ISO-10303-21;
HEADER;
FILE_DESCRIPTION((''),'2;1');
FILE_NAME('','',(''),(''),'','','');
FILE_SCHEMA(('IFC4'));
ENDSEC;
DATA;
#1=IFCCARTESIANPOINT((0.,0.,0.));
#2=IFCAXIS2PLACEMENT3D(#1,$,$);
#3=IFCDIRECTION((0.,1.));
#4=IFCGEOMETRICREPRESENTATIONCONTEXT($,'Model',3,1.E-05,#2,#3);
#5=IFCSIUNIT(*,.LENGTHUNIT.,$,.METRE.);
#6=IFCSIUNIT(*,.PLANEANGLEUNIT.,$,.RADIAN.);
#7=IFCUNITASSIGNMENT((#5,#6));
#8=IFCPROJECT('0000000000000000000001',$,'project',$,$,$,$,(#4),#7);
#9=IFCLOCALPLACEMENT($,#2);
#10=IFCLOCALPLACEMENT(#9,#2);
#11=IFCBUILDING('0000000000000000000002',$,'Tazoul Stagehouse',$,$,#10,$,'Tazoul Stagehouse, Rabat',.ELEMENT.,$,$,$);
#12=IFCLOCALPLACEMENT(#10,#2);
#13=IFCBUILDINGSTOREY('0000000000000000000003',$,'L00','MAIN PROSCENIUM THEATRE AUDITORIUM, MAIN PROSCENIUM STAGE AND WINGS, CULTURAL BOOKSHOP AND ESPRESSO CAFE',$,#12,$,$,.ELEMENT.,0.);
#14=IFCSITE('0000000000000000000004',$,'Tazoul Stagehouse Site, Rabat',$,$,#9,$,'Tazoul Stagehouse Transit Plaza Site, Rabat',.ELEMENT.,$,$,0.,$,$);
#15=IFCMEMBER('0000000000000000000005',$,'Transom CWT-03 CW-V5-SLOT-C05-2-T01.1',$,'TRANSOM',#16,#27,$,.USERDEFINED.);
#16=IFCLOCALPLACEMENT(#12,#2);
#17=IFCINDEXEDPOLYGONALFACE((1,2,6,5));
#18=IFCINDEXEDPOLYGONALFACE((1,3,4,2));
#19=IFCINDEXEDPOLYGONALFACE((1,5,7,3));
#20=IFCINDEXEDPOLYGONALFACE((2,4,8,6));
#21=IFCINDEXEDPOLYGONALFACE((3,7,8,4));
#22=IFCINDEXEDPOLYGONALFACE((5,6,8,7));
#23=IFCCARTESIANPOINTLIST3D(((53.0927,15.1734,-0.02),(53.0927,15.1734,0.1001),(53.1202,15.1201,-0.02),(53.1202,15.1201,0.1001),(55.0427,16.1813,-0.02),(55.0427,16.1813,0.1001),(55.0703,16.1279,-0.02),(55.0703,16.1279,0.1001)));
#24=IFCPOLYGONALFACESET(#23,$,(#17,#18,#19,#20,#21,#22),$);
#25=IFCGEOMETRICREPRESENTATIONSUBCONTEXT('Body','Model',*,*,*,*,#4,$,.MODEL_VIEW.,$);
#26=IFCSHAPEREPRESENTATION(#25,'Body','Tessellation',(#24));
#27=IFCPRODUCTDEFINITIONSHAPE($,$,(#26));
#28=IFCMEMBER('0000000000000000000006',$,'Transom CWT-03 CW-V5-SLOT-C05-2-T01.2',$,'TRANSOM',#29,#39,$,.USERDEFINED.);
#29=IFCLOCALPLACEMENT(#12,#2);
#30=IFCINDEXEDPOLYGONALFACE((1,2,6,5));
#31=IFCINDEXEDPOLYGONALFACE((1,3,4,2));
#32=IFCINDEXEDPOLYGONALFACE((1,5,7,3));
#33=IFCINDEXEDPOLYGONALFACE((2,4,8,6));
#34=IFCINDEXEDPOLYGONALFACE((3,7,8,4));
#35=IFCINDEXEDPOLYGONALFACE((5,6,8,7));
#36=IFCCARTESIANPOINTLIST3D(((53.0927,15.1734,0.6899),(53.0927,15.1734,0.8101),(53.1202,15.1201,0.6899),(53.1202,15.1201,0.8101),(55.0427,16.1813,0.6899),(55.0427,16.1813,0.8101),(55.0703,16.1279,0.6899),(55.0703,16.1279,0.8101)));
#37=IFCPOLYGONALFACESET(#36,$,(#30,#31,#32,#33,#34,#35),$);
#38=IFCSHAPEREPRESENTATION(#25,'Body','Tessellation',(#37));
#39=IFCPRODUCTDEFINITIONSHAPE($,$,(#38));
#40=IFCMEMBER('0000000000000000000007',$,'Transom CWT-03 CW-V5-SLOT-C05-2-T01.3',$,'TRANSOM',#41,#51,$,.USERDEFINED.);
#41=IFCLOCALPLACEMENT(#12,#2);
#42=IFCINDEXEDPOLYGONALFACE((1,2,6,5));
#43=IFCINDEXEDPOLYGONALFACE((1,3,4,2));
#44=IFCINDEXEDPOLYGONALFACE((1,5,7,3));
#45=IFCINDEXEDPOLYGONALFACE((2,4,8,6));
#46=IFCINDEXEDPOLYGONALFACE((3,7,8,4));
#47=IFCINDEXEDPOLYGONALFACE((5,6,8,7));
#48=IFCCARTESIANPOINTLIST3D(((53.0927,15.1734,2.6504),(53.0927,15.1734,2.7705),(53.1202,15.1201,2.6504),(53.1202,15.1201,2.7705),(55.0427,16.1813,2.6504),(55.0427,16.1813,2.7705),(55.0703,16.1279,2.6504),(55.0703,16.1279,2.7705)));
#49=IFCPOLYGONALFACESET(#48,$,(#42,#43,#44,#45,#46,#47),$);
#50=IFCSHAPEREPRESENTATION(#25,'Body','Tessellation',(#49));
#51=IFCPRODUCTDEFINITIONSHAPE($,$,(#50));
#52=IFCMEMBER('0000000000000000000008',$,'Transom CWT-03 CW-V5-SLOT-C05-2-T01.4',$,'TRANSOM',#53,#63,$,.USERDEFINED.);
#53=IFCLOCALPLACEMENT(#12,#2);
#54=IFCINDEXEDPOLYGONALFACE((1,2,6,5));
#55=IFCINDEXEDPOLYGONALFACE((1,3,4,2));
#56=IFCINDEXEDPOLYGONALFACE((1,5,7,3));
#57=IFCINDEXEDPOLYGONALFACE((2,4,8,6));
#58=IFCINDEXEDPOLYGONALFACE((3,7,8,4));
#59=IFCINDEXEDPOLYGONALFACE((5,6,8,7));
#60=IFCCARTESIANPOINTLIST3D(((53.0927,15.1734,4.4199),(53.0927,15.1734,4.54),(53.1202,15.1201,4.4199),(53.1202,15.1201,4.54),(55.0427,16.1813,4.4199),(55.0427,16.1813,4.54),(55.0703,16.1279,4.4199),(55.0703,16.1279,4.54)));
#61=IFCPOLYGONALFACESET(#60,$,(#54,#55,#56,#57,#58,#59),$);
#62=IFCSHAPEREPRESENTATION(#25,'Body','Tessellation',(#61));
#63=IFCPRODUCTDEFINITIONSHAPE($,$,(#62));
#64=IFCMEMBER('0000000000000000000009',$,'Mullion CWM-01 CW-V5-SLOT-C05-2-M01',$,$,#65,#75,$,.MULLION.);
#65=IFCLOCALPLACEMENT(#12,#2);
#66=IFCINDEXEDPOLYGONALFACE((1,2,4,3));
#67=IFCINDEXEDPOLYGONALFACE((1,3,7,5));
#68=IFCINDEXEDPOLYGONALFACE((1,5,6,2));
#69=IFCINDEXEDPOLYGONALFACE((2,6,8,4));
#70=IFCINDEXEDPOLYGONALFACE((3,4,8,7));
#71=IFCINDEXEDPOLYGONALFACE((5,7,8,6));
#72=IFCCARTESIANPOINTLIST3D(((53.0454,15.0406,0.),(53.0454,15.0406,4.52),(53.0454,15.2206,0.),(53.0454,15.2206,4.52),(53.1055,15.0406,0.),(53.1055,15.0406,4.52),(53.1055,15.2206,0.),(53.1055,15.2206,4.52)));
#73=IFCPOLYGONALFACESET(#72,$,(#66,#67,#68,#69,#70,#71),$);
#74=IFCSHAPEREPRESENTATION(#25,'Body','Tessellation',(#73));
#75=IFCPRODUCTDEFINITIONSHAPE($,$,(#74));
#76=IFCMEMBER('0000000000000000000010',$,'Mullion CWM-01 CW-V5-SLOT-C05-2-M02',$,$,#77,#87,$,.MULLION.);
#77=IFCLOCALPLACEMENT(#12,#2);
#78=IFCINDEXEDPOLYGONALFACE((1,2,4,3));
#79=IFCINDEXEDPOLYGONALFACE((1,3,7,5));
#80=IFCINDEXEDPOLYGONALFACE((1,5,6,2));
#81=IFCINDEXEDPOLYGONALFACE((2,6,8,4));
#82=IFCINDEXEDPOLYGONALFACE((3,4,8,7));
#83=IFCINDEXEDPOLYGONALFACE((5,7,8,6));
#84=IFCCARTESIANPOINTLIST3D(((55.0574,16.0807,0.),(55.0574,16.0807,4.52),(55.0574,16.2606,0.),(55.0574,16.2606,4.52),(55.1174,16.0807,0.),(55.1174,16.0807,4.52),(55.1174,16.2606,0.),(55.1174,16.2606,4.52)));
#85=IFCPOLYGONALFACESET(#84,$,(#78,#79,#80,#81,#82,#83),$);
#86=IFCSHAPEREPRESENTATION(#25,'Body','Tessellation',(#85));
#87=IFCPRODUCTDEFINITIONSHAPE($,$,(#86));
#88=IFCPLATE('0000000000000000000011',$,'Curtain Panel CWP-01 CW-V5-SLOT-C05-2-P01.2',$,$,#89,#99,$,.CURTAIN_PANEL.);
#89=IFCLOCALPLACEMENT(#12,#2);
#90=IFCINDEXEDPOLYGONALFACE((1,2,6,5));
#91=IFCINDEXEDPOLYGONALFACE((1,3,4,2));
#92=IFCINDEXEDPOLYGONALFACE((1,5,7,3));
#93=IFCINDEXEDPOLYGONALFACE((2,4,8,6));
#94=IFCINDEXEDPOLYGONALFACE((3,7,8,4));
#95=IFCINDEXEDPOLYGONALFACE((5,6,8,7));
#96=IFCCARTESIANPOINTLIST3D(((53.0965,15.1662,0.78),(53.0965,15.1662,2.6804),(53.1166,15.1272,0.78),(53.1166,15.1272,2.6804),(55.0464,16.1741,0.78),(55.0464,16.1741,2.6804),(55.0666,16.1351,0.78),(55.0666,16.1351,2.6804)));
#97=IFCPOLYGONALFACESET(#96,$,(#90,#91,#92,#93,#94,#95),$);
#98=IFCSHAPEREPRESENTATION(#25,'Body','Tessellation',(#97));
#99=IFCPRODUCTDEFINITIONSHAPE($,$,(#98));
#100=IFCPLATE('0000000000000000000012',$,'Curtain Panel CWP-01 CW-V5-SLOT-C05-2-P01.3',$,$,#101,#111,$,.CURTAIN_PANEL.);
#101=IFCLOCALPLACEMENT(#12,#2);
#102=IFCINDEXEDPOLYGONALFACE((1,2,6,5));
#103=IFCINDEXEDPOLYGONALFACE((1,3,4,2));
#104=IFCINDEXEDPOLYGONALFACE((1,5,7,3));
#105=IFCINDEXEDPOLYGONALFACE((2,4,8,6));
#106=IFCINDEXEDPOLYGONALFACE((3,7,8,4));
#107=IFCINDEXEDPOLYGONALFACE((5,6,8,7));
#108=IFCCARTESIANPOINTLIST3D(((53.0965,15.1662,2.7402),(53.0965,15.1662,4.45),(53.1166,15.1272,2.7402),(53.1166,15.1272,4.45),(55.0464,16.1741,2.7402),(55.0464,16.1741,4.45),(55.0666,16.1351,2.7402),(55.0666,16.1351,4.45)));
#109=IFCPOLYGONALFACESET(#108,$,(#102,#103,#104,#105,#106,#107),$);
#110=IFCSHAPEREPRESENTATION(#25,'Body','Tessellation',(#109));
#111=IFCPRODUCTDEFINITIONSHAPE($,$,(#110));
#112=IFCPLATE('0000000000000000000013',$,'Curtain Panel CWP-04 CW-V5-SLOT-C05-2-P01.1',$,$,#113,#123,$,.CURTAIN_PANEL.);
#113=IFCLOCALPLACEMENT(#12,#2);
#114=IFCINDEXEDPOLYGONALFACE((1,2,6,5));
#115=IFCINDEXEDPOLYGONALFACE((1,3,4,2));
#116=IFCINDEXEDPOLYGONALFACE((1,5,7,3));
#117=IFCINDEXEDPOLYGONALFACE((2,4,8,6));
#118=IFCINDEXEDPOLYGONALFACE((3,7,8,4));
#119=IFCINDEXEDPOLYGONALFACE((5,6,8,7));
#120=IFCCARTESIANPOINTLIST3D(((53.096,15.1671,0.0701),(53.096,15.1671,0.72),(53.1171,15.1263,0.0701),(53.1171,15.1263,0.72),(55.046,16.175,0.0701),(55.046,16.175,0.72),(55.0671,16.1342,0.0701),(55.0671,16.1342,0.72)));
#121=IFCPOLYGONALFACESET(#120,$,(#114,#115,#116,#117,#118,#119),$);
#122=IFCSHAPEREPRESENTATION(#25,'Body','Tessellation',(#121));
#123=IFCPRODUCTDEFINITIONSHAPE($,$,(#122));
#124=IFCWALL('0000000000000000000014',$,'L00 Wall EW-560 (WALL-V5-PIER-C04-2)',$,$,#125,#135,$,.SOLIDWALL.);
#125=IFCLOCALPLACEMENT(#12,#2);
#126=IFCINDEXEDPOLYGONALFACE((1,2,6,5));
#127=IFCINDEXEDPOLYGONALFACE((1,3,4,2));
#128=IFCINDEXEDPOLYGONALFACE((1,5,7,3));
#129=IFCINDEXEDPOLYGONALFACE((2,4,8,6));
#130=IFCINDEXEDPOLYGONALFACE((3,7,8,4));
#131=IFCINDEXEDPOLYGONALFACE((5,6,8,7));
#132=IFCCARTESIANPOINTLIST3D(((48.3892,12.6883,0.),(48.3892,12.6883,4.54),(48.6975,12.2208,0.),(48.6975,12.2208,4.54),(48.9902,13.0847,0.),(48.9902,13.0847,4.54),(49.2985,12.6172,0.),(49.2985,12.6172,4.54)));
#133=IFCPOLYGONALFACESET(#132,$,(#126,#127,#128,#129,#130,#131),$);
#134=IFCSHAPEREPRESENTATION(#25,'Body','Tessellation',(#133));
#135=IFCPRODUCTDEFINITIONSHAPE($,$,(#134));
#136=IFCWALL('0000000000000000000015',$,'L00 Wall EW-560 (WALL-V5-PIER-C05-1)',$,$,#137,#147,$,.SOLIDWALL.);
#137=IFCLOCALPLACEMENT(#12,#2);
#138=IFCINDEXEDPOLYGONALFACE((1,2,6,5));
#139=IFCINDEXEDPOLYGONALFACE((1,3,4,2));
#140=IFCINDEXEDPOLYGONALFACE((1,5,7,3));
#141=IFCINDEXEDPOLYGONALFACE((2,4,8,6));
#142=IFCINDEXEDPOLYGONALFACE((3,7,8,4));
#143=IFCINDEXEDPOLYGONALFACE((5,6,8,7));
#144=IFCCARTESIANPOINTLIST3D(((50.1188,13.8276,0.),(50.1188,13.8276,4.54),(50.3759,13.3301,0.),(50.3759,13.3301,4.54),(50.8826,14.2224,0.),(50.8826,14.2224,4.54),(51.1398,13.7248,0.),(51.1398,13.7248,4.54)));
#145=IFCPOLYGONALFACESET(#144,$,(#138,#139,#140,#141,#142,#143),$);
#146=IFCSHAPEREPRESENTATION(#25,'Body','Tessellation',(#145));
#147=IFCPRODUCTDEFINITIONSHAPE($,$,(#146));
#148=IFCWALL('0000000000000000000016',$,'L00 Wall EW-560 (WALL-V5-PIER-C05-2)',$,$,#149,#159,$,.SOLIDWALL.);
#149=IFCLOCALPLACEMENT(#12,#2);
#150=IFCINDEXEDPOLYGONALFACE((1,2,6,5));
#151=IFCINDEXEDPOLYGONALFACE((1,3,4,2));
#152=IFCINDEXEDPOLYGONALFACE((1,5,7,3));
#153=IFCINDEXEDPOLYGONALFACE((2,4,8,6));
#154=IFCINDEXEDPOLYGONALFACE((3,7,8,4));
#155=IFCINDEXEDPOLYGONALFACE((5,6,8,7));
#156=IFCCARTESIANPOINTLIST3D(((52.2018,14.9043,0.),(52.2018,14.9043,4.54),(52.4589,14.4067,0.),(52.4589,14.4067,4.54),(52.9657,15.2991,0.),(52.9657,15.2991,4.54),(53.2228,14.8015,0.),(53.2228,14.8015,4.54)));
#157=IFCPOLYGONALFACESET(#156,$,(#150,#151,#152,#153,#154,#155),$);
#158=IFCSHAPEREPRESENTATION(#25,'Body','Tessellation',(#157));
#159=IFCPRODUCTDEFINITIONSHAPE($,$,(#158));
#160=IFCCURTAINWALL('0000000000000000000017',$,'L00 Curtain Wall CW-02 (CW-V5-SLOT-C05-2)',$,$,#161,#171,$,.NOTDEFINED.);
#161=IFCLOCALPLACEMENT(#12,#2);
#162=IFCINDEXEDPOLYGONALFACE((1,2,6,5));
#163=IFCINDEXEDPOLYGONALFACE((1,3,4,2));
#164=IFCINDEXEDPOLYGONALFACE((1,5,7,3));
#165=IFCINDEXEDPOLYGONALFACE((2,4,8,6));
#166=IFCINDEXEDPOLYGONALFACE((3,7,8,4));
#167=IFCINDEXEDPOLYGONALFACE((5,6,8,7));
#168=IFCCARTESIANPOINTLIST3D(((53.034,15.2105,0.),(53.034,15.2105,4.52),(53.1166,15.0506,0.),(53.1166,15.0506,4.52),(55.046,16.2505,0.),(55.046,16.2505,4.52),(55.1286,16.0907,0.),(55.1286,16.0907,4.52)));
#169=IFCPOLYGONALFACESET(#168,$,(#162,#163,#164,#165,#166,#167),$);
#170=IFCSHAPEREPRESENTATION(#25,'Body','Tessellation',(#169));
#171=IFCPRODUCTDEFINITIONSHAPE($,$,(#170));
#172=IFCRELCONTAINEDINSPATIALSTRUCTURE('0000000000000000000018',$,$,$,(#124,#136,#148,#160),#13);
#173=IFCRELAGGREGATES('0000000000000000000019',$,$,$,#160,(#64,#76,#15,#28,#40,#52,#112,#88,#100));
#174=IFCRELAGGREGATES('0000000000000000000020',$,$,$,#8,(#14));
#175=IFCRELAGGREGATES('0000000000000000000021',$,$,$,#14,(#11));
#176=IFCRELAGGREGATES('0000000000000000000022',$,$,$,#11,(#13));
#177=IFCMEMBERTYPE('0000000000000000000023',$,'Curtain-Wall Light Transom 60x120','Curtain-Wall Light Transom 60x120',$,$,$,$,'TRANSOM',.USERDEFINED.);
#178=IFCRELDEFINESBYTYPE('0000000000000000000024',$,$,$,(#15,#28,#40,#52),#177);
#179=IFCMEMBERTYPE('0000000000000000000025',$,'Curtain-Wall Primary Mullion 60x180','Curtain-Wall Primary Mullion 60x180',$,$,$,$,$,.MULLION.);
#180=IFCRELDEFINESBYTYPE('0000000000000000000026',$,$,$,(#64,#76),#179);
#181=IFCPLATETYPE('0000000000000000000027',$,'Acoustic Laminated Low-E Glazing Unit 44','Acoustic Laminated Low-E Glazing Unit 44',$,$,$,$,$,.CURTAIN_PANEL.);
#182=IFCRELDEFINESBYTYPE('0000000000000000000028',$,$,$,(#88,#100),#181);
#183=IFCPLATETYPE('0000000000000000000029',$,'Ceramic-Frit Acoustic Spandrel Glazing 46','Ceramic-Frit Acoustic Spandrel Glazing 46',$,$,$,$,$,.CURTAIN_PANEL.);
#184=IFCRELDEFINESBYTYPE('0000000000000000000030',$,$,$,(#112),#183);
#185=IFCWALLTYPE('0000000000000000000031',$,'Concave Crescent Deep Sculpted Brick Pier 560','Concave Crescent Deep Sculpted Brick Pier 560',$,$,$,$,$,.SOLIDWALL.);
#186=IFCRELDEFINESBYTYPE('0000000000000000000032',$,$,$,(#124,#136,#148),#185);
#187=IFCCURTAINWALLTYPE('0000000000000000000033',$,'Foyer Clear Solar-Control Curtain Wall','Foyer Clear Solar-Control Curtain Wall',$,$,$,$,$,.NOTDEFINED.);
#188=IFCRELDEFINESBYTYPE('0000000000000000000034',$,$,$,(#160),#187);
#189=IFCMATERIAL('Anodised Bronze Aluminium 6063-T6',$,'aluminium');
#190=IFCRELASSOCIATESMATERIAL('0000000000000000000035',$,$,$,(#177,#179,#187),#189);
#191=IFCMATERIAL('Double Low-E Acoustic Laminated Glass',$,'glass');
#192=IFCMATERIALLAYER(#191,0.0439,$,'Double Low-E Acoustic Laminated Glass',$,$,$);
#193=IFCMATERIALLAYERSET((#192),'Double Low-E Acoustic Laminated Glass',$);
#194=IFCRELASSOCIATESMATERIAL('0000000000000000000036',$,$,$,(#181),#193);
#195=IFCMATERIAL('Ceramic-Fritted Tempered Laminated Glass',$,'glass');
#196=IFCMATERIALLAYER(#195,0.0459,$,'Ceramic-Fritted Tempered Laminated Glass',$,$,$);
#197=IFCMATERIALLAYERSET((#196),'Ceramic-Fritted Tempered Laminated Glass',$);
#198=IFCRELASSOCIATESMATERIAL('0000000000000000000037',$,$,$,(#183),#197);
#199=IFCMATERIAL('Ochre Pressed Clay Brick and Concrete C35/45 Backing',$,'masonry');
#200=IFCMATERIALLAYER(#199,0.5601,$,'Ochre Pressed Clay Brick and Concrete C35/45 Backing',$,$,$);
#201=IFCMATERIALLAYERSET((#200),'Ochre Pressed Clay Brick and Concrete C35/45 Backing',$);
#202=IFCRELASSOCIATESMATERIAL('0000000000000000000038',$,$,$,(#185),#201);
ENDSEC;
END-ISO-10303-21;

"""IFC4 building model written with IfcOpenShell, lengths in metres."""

from ifc_helpers import new_model, si_unit, direction, frame, frame_2d, origin, origin_2d, place, context, subcontext, project, spatial, rectangle, extrude, material, layer, layer_set, material_profile, profile_set, type_object, element, aggregate, save


model = new_model("IFC4")

# Units and contexts
model_context = context("Model", 3, precision=1e-05, world=origin(), true_north=direction((0.0, 1.0)))
body_context = subcontext(model_context, "Body", "Model", "MODEL_VIEW")
ifc_project = project(units=[si_unit("LENGTHUNIT", "METRE"), si_unit("PLANEANGLEUNIT", "RADIAN")], contexts=[model_context])

# Members
ifc_material_1 = material(Name="Anodised Bronze Aluminium 6063-T6", Category="aluminium")
ifc_material_profile_1 = material_profile(ifc_material_1, rectangle(XDim=0.0601, YDim=0.1201, at=origin_2d()), Name="ALU TRANSOM 60x120")
ifc_profile_set_1 = profile_set([ifc_material_profile_1], Name="Anodised Bronze Aluminium 6063-T6")
member_type_1 = type_object("IfcMemberType", Name="Curtain-Wall Light Transom 60x120", Description="Curtain-Wall Light Transom 60x120", ElementType="TRANSOM", PredefinedType="USERDEFINED", material=ifc_profile_set_1)
site_placement = place(None, origin())
building_placement = place(site_placement, origin())
storey_placement = place(building_placement, origin())
member_1_placement = place(storey_placement, frame((53.1064, 15.1467, 0.04), z_axis=(0.888363, 0.459141, 0.0), x_axis=(-0.459141, 0.888363, 0.0)))
member_1 = element("IfcMember", 1, at=member_1_placement, type_object=member_type_1, Name="Transom CWT-03 CW-V5-SLOT-C05-2-T01.1", ObjectType="TRANSOM", PredefinedType="USERDEFINED", context=body_context, shape_type="SweptSolid", body=[
    extrude(rectangle(XDim=0.0601, YDim=0.1201, at=origin_2d()), origin(), (0.0, 0.0, 1.0), 2.1951),
])
member_2_placement = place(storey_placement, frame((53.1064, 15.1467, 0.75), z_axis=(0.888363, 0.459141, 0.0), x_axis=(-0.459141, 0.888363, 0.0)))
member_2 = element("IfcMember", 2, at=member_2_placement, type_object=member_type_1, Name="Transom CWT-03 CW-V5-SLOT-C05-2-T01.2", ObjectType="TRANSOM", PredefinedType="USERDEFINED", context=body_context, shape_type="SweptSolid", body=[
    extrude(rectangle(XDim=0.0601, YDim=0.1201, at=origin_2d()), origin(), (0.0, 0.0, 1.0), 2.1951),
])
member_3_placement = place(storey_placement, frame((53.1064, 15.1467, 2.7104), z_axis=(0.888363, 0.459141, 0.0), x_axis=(-0.459141, 0.888363, 0.0)))
member_3 = element("IfcMember", 3, at=member_3_placement, type_object=member_type_1, Name="Transom CWT-03 CW-V5-SLOT-C05-2-T01.3", ObjectType="TRANSOM", PredefinedType="USERDEFINED", context=body_context, shape_type="SweptSolid", body=[
    extrude(rectangle(XDim=0.0601, YDim=0.1201, at=origin_2d()), origin(), (0.0, 0.0, 1.0), 2.1951),
])
member_4_placement = place(storey_placement, frame((53.1064, 15.1467, 4.48), z_axis=(0.888363, 0.459141, 0.0), x_axis=(-0.459141, 0.888363, 0.0)))
member_4 = element("IfcMember", 4, at=member_4_placement, type_object=member_type_1, Name="Transom CWT-03 CW-V5-SLOT-C05-2-T01.4", ObjectType="TRANSOM", PredefinedType="USERDEFINED", context=body_context, shape_type="SweptSolid", body=[
    extrude(rectangle(XDim=0.0601, YDim=0.1201, at=origin_2d()), origin(), (0.0, 0.0, 1.0), 2.1951),
])
ifc_material_profile_2 = material_profile(ifc_material_1, rectangle(XDim=0.0601, YDim=0.1799, at=origin_2d()), Name="ALU MULLION 60x180")
ifc_profile_set_2 = profile_set([ifc_material_profile_2], Name="Anodised Bronze Aluminium 6063-T6")
member_type_2 = type_object("IfcMemberType", Name="Curtain-Wall Primary Mullion 60x180", Description="Curtain-Wall Primary Mullion 60x180", PredefinedType="MULLION", material=ifc_profile_set_2)
member_5_placement = place(storey_placement, frame((53.0754, 15.1306, 0.0), z_axis=(0.0, 0.0, 1.0), x_axis=(1.0, 0.0, 0.0)))
member_5 = element("IfcMember", 5, at=member_5_placement, type_object=member_type_2, Name="Mullion CWM-01 CW-V5-SLOT-C05-2-M01", PredefinedType="MULLION", context=body_context, shape_type="SweptSolid", body=[
    extrude(rectangle(XDim=0.0601, YDim=0.1799, at=origin_2d()), origin(), (0.0, 0.0, 1.0), 4.52),
])
member_6_placement = place(storey_placement, frame((55.0874, 16.1707, 0.0), z_axis=(0.0, 0.0, 1.0), x_axis=(1.0, 0.0, 0.0)))
member_6 = element("IfcMember", 6, at=member_6_placement, type_object=member_type_2, Name="Mullion CWM-01 CW-V5-SLOT-C05-2-M02", PredefinedType="MULLION", context=body_context, shape_type="SweptSolid", body=[
    extrude(rectangle(XDim=0.0601, YDim=0.1799, at=origin_2d()), origin(), (0.0, 0.0, 1.0), 4.52),
])

# Plates
ifc_material_2 = material(Name="Double Low-E Acoustic Laminated Glass", Category="glass")
ifc_layer_1 = layer(ifc_material_2, 0.0439, Name="Double Low-E Acoustic Laminated Glass")
ifc_layer_set_1 = layer_set([ifc_layer_1], Name="Double Low-E Acoustic Laminated Glass")
plate_type_1 = type_object("IfcPlateType", Name="Acoustic Laminated Low-E Glazing Unit 44", Description="Acoustic Laminated Low-E Glazing Unit 44", PredefinedType="CURTAIN_PANEL", material=ifc_layer_set_1)
plate_1_placement = place(storey_placement, frame((54.0815, 15.6506, 0.78), z_axis=(0.0, 0.0, 1.0), x_axis=(0.888351, 0.459164, 0.0)))
plate_1 = element("IfcPlate", 7, at=plate_1_placement, type_object=plate_type_1, Name="Curtain Panel CWP-01 CW-V5-SLOT-C05-2-P01.2", PredefinedType="CURTAIN_PANEL", context=body_context, shape_type="SweptSolid", body=[
    extrude(rectangle(XDim=2.1951, YDim=0.0439, at=origin_2d()), origin(), (0.0, 0.0, 1.0), 1.9004),
])
plate_2_placement = place(storey_placement, frame((54.0815, 15.6506, 2.7402), z_axis=(0.0, 0.0, 1.0), x_axis=(0.888351, 0.459164, 0.0)))
plate_2 = element("IfcPlate", 8, at=plate_2_placement, type_object=plate_type_1, Name="Curtain Panel CWP-01 CW-V5-SLOT-C05-2-P01.3", PredefinedType="CURTAIN_PANEL", context=body_context, shape_type="SweptSolid", body=[
    extrude(rectangle(XDim=2.1951, YDim=0.0439, at=origin_2d()), origin(), (0.0, 0.0, 1.0), 1.7097),
])
ifc_material_3 = material(Name="Ceramic-Fritted Tempered Laminated Glass", Category="glass")
ifc_layer_2 = layer(ifc_material_3, 0.0459, Name="Ceramic-Fritted Tempered Laminated Glass")
ifc_layer_set_2 = layer_set([ifc_layer_2], Name="Ceramic-Fritted Tempered Laminated Glass")
plate_type_2 = type_object("IfcPlateType", Name="Ceramic-Frit Acoustic Spandrel Glazing 46", Description="Ceramic-Frit Acoustic Spandrel Glazing 46", PredefinedType="CURTAIN_PANEL", material=ifc_layer_set_2)
plate_3_placement = place(storey_placement, frame((54.0815, 15.6506, 0.0701), z_axis=(0.0, 0.0, 1.0), x_axis=(0.888351, 0.459164, 0.0)))
plate_3 = element("IfcPlate", 9, at=plate_3_placement, type_object=plate_type_2, Name="Curtain Panel CWP-04 CW-V5-SLOT-C05-2-P01.1", PredefinedType="CURTAIN_PANEL", context=body_context, shape_type="SweptSolid", body=[
    extrude(rectangle(XDim=2.1951, YDim=0.0459, at=origin_2d()), origin(), (0.0, 0.0, 1.0), 0.6499),
])

# Site, building, storey
site = spatial("IfcSite", under=ifc_project, at=site_placement, Name="Tazoul Stagehouse Site, Rabat", LongName="Tazoul Stagehouse Transit Plaza Site, Rabat", CompositionType="ELEMENT", RefElevation=0.0)
building = spatial("IfcBuilding", under=site, at=building_placement, Name="Tazoul Stagehouse", LongName="Tazoul Stagehouse, Rabat", CompositionType="ELEMENT")
storey = spatial("IfcBuildingStorey", under=building, at=storey_placement, Name="L00", Description="MAIN PROSCENIUM THEATRE AUDITORIUM, MAIN PROSCENIUM STAGE AND WINGS, CULTURAL BOOKSHOP AND ESPRESSO CAFE", CompositionType="ELEMENT", Elevation=0.0)

# Walls
ifc_material_4 = material(Name="Ochre Pressed Clay Brick and Concrete C35/45 Backing", Category="masonry")
ifc_layer_3 = layer(ifc_material_4, 0.5601, Name="Ochre Pressed Clay Brick and Concrete C35/45 Backing")
ifc_layer_set_3 = layer_set([ifc_layer_3], Name="Ochre Pressed Clay Brick and Concrete C35/45 Backing")
wall_type = type_object("IfcWallType", Name="Concave Crescent Deep Sculpted Brick Pier 560", Description="Concave Crescent Deep Sculpted Brick Pier 560", PredefinedType="SOLIDWALL", material=ifc_layer_set_3)
wall_placement = place(storey_placement, frame((48.5435, 12.4546, 0.0), z_axis=(0.0, 0.0, 1.0), x_axis=(0.834753, 0.550625, 0.0)))
element("IfcWall", 10, at=wall_placement, inside=storey, type_object=wall_type, Name="L00 Wall EW-560 (WALL-V5-PIER-C04-2)", PredefinedType="SOLIDWALL", context=body_context, shape_type="SweptSolid", body=[
    extrude(rectangle(XDim=0.72, YDim=0.5601, at=frame_2d((0.3599, 0.0))), origin(), (0.0, 0.0, 1.0), 4.54),
])
for number, where, z_axis, x_axis, name in (
    (11, (50.2473, 13.5789, 0.0), (0.0, 0.0, 1.0), (0.888385, 0.459098, 0.0), "L00 Wall EW-560 (WALL-V5-PIER-C05-1)"),
    (12, (52.3303, 14.6555, 0.0), (0.0, 0.0, 1.0), (0.888385, 0.459098, 0.0), "L00 Wall EW-560 (WALL-V5-PIER-C05-2)"),
):
    element("IfcWall", number, at=place(storey_placement, frame(where, z_axis=z_axis, x_axis=x_axis)), inside=storey, type_object=wall_type, Name=name, PredefinedType="SOLIDWALL", context=body_context, shape_type="SweptSolid", body=[
        extrude(rectangle(XDim=0.8599, YDim=0.5601, at=frame_2d((0.4299, 0.0))), origin(), (0.0, 0.0, 1.0), 4.54),
    ])

# Curtain wall
curtain_wall_type = type_object("IfcCurtainWallType", Name="Foyer Clear Solar-Control Curtain Wall", Description="Foyer Clear Solar-Control Curtain Wall", PredefinedType="NOTDEFINED", material=ifc_material_1)
curtain_wall_1_placement = place(storey_placement, frame((53.0754, 15.1306, 0.0), z_axis=(0.0, 0.0, 1.0), x_axis=(0.888331, 0.459203, 0.0)))
curtain_wall_1 = element("IfcCurtainWall", 13, at=curtain_wall_1_placement, inside=storey, type_object=curtain_wall_type, Name="L00 Curtain Wall CW-02 (CW-V5-SLOT-C05-2)", PredefinedType="NOTDEFINED", context=body_context, shape_type="SweptSolid", body=[
    extrude(rectangle(XDim=2.2649, YDim=0.1799, at=frame_2d((1.1323, 0.0))), origin(), (0.0, 0.0, 1.0), 4.52),
])
aggregate(curtain_wall_1, [member_5, member_6, member_1, member_2, member_3, member_4, plate_3, plate_1, plate_2])

save(model, "model.ifc")
